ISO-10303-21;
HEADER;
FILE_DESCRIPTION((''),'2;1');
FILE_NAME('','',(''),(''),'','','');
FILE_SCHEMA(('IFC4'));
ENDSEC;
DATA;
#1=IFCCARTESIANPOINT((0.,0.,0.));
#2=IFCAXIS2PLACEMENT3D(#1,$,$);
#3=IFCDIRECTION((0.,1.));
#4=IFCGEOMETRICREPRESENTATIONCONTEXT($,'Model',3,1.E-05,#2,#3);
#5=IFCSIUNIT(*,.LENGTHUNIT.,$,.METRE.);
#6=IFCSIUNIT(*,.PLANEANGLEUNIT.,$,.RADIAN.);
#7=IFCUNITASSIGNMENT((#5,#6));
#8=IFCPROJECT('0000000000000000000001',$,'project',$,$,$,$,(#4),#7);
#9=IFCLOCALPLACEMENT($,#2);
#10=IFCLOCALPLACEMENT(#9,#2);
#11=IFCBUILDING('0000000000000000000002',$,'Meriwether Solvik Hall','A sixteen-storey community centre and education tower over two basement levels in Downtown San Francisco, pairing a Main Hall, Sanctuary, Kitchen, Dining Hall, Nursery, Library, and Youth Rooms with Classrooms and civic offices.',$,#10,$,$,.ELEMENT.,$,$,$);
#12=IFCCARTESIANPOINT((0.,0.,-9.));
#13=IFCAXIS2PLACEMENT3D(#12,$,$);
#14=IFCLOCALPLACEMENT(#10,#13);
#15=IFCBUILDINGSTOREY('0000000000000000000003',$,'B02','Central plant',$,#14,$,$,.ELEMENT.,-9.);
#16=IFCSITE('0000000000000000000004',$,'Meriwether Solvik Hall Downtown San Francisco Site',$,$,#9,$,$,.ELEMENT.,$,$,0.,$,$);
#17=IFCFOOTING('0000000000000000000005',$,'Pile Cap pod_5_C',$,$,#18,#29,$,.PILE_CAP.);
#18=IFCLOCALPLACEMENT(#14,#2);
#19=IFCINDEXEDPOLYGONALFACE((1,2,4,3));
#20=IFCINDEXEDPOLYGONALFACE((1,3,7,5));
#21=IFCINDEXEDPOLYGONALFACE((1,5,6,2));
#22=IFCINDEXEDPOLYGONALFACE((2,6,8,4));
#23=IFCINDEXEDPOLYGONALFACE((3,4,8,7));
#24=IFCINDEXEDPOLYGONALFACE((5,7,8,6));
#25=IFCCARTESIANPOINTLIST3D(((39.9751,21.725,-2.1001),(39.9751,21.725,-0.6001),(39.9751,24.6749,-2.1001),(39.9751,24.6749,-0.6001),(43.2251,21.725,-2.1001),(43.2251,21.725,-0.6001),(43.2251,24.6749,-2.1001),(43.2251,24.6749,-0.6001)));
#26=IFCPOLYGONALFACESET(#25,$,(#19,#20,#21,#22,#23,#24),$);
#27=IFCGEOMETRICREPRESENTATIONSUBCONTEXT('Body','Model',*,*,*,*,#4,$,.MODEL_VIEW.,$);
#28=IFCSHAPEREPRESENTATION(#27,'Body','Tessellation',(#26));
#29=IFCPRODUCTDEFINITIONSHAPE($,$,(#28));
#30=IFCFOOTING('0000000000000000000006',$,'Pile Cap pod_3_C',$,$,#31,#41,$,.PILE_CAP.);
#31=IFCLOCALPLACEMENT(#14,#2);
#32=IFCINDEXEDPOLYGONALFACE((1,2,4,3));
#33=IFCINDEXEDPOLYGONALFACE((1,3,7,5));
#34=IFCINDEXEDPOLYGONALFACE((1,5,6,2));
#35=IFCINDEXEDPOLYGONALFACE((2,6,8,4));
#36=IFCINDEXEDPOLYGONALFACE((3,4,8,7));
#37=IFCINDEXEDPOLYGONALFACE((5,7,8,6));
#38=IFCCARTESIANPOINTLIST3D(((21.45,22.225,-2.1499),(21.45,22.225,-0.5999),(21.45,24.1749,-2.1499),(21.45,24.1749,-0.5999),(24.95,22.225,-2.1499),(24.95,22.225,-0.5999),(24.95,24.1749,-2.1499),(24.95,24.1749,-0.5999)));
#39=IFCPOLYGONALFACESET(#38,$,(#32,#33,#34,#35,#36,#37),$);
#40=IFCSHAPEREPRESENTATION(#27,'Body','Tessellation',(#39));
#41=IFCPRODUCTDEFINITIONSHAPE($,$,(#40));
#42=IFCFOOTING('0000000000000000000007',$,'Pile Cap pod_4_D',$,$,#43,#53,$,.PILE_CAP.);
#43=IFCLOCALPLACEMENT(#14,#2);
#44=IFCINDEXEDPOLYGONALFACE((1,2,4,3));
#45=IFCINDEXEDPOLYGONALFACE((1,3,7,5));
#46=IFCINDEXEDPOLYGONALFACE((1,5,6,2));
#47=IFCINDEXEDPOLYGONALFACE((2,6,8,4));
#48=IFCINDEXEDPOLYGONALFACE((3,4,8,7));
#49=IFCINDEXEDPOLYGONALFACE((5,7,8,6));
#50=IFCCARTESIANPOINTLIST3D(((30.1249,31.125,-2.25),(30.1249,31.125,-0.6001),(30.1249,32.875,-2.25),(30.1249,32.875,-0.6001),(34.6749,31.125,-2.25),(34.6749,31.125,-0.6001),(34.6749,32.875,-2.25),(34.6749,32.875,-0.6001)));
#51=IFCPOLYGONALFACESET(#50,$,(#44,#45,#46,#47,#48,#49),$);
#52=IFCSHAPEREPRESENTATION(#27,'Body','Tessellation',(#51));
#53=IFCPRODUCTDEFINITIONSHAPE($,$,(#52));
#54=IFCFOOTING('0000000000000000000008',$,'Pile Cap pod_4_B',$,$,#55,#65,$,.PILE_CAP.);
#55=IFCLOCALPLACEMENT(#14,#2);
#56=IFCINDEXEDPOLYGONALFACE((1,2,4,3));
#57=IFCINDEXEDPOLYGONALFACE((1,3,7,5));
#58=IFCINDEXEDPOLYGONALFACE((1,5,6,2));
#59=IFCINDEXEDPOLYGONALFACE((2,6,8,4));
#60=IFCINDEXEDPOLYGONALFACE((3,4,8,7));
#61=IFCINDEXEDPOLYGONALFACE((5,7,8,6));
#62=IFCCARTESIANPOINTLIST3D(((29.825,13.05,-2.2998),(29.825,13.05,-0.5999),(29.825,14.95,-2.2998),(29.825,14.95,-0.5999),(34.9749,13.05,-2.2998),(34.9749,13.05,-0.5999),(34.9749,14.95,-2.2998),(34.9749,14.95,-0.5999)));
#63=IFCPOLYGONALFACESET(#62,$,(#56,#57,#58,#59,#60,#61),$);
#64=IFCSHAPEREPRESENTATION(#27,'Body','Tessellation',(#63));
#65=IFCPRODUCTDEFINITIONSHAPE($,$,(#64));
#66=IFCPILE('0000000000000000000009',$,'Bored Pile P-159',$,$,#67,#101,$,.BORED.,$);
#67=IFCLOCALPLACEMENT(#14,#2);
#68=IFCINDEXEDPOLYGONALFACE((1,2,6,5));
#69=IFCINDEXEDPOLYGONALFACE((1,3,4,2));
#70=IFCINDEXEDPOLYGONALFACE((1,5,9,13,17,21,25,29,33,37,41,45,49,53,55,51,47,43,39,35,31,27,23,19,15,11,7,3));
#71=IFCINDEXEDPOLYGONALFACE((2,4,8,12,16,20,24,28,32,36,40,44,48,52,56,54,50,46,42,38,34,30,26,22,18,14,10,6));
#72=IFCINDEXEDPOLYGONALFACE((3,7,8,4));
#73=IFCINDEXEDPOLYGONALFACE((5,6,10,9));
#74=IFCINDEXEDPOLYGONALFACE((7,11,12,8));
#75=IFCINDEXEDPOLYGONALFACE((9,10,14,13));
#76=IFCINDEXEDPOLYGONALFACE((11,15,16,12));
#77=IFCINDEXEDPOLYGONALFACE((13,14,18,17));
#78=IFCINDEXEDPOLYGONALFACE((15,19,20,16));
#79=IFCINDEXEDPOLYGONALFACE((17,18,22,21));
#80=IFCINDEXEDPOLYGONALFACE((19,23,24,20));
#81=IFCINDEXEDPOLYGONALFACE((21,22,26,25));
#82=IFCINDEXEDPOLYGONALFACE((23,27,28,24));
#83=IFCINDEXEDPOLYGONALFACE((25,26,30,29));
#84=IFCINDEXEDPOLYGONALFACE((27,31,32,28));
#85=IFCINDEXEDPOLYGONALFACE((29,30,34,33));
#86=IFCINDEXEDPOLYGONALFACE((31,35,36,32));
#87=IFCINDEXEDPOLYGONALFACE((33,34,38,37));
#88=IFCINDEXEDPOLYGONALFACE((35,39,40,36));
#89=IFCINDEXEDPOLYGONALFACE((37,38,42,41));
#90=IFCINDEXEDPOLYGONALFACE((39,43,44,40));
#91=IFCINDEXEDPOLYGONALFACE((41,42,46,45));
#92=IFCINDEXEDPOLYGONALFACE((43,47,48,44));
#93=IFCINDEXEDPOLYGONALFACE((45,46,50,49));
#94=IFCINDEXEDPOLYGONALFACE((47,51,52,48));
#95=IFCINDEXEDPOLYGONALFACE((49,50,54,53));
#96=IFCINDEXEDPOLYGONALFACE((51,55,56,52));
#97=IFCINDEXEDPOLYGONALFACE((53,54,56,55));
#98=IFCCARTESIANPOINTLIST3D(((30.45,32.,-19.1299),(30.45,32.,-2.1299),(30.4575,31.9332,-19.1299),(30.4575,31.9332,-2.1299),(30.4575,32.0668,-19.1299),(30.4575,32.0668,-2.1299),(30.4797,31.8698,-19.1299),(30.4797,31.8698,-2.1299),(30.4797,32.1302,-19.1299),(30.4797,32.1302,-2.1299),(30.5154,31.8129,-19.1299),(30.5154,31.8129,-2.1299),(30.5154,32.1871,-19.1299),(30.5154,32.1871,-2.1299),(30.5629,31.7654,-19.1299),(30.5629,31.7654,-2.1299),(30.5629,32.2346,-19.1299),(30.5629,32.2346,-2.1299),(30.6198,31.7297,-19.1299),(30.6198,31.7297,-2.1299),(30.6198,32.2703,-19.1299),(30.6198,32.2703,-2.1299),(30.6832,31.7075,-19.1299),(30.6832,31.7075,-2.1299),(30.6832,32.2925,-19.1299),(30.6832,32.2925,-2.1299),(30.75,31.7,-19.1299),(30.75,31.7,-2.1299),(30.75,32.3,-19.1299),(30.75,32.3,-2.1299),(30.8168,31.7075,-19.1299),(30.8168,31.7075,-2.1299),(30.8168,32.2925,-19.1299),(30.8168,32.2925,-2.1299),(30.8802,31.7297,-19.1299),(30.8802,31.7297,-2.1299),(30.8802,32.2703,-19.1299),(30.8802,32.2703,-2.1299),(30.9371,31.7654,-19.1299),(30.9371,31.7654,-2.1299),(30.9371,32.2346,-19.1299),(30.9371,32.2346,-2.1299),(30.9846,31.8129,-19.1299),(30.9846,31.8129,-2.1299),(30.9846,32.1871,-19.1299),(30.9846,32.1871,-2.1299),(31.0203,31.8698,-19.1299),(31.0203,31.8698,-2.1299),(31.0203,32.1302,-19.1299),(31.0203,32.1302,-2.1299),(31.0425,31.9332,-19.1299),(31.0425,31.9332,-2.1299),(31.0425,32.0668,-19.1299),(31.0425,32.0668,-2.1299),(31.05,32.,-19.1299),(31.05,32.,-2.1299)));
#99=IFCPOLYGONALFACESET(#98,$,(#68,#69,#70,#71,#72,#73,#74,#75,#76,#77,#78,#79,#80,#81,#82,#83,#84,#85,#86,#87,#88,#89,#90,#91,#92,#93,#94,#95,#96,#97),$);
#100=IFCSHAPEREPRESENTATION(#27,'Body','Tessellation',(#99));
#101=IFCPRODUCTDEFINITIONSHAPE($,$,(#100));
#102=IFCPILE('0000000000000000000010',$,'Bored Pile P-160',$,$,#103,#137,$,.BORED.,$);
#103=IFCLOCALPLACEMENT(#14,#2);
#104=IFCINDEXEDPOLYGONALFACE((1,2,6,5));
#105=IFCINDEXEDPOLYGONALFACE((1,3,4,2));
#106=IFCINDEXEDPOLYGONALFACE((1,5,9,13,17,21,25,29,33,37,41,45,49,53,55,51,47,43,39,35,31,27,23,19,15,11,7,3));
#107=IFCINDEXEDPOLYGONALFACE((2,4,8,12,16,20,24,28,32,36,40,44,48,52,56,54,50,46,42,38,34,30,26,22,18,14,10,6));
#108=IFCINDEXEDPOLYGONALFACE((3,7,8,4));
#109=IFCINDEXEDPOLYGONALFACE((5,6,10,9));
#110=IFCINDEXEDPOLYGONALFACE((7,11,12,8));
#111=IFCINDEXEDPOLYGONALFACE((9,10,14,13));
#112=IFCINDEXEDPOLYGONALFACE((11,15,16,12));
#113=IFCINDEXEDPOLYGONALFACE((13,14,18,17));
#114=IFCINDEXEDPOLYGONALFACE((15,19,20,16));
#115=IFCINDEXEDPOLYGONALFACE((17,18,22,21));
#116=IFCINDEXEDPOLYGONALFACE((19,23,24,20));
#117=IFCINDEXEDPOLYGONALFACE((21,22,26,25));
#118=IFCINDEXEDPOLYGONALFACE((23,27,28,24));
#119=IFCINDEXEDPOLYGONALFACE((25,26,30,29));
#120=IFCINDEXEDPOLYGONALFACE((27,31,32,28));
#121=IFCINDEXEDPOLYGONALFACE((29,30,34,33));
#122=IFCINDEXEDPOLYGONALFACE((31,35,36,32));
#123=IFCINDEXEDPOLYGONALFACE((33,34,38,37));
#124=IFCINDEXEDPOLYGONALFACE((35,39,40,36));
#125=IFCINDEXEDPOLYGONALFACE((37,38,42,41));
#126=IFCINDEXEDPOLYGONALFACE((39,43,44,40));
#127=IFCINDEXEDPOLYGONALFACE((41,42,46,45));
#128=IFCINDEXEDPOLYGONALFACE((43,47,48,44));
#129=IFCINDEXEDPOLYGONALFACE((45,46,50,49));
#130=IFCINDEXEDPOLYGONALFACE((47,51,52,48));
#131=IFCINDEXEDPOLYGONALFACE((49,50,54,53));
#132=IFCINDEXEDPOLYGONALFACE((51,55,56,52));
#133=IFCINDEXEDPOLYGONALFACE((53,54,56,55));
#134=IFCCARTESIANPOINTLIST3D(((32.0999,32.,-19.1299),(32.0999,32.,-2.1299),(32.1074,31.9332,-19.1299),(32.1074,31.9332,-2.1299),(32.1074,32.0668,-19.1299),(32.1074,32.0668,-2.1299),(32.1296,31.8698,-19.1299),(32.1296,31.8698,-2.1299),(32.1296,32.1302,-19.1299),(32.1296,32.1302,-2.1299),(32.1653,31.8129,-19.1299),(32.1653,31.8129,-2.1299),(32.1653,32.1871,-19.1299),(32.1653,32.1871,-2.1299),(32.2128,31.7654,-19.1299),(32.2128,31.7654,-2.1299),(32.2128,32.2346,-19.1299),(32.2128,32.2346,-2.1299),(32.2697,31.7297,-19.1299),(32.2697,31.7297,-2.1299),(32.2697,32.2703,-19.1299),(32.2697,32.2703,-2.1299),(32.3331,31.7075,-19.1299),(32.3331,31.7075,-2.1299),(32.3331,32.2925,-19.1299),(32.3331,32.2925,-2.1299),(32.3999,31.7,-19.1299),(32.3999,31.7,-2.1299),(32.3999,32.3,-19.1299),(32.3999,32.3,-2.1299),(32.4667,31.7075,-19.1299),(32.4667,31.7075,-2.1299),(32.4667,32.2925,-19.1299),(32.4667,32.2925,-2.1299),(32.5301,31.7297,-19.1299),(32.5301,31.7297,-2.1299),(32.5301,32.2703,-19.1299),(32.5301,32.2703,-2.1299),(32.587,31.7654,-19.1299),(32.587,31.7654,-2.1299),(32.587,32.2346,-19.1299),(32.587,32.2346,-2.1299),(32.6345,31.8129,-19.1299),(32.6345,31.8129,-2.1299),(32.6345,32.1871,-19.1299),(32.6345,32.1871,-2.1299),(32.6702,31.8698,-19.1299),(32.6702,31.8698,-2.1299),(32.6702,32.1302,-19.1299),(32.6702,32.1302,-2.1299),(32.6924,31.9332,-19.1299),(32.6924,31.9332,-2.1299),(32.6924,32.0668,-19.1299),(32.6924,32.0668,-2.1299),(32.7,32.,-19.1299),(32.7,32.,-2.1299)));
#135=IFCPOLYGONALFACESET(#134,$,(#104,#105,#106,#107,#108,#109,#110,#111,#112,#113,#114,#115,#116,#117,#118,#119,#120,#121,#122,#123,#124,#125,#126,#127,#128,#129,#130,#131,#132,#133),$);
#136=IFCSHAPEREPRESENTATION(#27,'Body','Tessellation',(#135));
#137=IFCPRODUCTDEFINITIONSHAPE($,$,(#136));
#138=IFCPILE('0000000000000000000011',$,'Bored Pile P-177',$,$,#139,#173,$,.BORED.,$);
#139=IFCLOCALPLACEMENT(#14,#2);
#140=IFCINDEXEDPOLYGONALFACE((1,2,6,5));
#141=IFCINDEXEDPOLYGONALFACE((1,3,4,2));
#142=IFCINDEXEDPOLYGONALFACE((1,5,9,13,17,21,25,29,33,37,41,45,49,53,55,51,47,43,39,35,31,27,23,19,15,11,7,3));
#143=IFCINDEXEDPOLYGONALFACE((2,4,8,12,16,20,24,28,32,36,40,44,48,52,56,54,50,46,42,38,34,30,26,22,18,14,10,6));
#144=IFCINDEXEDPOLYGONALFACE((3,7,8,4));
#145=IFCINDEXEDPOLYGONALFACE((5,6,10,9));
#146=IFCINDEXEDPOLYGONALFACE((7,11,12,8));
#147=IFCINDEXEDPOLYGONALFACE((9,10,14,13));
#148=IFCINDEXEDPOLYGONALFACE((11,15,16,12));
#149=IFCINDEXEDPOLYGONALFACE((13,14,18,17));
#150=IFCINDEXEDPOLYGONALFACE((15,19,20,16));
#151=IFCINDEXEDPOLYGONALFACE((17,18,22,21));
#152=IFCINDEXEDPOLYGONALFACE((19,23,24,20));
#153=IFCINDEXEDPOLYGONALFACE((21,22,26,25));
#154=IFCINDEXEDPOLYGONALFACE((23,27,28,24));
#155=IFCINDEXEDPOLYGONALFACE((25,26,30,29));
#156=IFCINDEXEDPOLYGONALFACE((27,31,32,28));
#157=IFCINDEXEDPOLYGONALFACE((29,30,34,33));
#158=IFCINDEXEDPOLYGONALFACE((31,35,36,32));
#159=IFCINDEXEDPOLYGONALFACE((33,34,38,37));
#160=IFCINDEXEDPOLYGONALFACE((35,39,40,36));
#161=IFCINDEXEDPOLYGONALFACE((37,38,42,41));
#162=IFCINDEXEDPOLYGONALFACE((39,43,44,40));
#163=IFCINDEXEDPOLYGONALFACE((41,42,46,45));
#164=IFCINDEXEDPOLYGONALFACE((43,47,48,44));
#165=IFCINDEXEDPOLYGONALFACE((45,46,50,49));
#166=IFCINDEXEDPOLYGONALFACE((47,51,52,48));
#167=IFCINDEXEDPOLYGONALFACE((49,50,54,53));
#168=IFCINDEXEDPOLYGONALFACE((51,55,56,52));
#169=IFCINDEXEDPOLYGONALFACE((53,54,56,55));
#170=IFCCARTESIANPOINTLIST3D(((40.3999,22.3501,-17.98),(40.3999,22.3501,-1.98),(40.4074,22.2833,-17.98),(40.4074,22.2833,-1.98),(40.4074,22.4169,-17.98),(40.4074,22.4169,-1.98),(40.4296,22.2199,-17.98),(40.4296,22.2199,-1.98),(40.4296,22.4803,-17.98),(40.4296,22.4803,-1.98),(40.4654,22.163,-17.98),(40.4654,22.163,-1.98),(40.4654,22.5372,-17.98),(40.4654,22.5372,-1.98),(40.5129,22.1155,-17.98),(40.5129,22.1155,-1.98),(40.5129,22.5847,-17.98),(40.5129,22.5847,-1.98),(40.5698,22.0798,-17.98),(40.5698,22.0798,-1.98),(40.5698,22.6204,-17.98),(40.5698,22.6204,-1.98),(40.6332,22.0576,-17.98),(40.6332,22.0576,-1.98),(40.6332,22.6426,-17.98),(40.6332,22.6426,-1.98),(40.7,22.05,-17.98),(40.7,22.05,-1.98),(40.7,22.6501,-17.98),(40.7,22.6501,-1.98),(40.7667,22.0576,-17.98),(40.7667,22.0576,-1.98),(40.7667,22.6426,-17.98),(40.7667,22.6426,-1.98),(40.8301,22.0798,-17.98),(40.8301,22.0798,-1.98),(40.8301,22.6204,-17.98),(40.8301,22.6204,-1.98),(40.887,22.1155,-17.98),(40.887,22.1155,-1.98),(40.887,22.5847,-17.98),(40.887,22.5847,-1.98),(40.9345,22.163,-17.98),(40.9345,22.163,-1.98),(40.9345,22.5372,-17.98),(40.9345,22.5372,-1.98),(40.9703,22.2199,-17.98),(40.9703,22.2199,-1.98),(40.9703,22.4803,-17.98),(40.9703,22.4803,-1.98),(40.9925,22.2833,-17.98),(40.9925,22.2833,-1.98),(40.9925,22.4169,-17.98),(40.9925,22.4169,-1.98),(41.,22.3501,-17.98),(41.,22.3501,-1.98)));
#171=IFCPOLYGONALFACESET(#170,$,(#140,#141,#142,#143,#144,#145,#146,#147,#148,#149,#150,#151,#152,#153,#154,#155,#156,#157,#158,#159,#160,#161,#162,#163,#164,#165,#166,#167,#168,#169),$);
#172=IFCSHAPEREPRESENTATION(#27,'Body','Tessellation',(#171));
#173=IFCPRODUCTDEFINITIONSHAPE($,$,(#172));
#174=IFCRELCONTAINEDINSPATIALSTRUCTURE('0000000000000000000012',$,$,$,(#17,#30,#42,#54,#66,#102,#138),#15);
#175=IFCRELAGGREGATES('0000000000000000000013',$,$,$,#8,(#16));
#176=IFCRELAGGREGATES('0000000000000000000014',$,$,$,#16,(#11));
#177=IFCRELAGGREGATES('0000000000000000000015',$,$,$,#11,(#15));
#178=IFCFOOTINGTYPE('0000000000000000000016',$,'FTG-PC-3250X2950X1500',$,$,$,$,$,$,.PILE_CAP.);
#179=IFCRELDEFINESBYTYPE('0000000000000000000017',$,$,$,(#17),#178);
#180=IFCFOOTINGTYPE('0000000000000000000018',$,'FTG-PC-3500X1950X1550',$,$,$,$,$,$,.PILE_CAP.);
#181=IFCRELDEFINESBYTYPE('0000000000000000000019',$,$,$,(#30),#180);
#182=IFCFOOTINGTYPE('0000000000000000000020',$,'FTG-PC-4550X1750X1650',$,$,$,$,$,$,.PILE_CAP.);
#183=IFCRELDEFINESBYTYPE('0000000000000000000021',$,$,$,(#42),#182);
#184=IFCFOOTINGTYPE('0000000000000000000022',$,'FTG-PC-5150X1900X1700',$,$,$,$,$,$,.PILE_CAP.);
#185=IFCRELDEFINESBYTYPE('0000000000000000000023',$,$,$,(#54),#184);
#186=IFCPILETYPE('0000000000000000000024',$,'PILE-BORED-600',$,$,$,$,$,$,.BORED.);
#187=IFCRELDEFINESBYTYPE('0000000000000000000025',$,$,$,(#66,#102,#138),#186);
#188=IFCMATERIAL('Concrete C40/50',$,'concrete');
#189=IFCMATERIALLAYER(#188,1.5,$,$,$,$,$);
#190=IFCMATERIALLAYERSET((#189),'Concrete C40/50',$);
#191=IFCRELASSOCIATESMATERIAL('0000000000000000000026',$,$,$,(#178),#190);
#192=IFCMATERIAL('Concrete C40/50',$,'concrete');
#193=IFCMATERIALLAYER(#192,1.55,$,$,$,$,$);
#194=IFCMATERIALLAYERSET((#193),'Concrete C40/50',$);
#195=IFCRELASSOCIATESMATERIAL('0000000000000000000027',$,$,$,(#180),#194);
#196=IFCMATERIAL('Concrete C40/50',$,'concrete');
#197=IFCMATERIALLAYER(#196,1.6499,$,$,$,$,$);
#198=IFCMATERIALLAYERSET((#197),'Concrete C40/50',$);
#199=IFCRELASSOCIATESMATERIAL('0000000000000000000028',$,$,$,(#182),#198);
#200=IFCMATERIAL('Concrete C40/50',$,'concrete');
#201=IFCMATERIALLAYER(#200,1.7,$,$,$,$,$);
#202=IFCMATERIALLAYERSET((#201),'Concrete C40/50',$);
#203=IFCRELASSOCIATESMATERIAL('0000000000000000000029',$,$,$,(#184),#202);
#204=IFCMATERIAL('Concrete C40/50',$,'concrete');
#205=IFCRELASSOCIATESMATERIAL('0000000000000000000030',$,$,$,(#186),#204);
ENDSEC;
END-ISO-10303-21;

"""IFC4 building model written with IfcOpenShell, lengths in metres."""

from ifc_helpers import new_model, si_unit, direction, frame, origin, origin_2d, place, context, subcontext, project, spatial, rectangle, circle, extrude, material, layer, layer_set, material_profile, profile_set, type_object, element, save


model = new_model("IFC4")

# Units and contexts
model_context = context("Model", 3, precision=1e-05, world=origin(), true_north=direction((0.0, 1.0)))
body_context = subcontext(model_context, "Body", "Model", "MODEL_VIEW")
ifc_project = project(units=[si_unit("LENGTHUNIT", "METRE"), si_unit("PLANEANGLEUNIT", "RADIAN")], contexts=[model_context])

# Site, building, storey
site_placement = place(None, origin())
site = spatial("IfcSite", under=ifc_project, at=site_placement, Name="Meriwether Solvik Hall Downtown San Francisco Site", CompositionType="ELEMENT", RefElevation=0.0)
building_placement = place(site_placement, origin())
building = spatial("IfcBuilding", under=site, at=building_placement, Name="Meriwether Solvik Hall", Description="A sixteen-storey community centre and education tower over two basement levels in Downtown San Francisco, pairing a Main Hall, Sanctuary, Kitchen, Dining Hall, Nursery, Library, and Youth Rooms with Classrooms and civic offices.", CompositionType="ELEMENT")
storey_placement = place(building_placement, frame((0.0, 0.0, -9.0)))
storey = spatial("IfcBuildingStorey", under=building, at=storey_placement, Name="B02", Description="Central plant", CompositionType="ELEMENT", Elevation=-9.0)

# Footings
ifc_material_1 = material(Name="Concrete C40/50", Category="concrete")
ifc_layer_1 = layer(ifc_material_1, 1.5)
ifc_layer_set_1 = layer_set([ifc_layer_1], Name="Concrete C40/50")
footing_type_1 = type_object("IfcFootingType", Name="FTG-PC-3250X2950X1500", PredefinedType="PILE_CAP", material=ifc_layer_set_1)
footing_1_placement = place(storey_placement, frame((41.6001, 23.2, -2.1001), z_axis=(0.0, 0.0, 1.0), x_axis=(1.0, 0.0, 0.0)))
element("IfcFooting", 1, at=footing_1_placement, inside=storey, type_object=footing_type_1, Name="Pile Cap pod_5_C", PredefinedType="PILE_CAP", context=body_context, shape_type="SweptSolid", body=[
    extrude(rectangle(XDim=3.25, YDim=2.95, at=origin_2d()), origin(), (0.0, 0.0, 1.0), 1.5),
])
ifc_material_2 = material(Name="Concrete C40/50", Category="concrete")
ifc_layer_2 = layer(ifc_material_2, 1.55)
ifc_layer_set_2 = layer_set([ifc_layer_2], Name="Concrete C40/50")
footing_type_2 = type_object("IfcFootingType", Name="FTG-PC-3500X1950X1550", PredefinedType="PILE_CAP", material=ifc_layer_set_2)
footing_2_placement = place(storey_placement, frame((23.2, 23.2, -2.1499), z_axis=(0.0, 0.0, 1.0), x_axis=(1.0, 0.0, 0.0)))
element("IfcFooting", 2, at=footing_2_placement, inside=storey, type_object=footing_type_2, Name="Pile Cap pod_3_C", PredefinedType="PILE_CAP", context=body_context, shape_type="SweptSolid", body=[
    extrude(rectangle(XDim=3.5, YDim=1.95, at=origin_2d()), origin(), (0.0, 0.0, 1.0), 1.55),
])
ifc_material_3 = material(Name="Concrete C40/50", Category="concrete")
ifc_layer_3 = layer(ifc_material_3, 1.6499)
ifc_layer_set_3 = layer_set([ifc_layer_3], Name="Concrete C40/50")
footing_type_3 = type_object("IfcFootingType", Name="FTG-PC-4550X1750X1650", PredefinedType="PILE_CAP", material=ifc_layer_set_3)
footing_3_placement = place(storey_placement, frame((32.3999, 32.0, -2.25), z_axis=(0.0, 0.0, 1.0), x_axis=(1.0, 0.0, 0.0)))
element("IfcFooting", 3, at=footing_3_placement, inside=storey, type_object=footing_type_3, Name="Pile Cap pod_4_D", PredefinedType="PILE_CAP", context=body_context, shape_type="SweptSolid", body=[
    extrude(rectangle(XDim=4.55, YDim=1.75, at=origin_2d()), origin(), (0.0, 0.0, 1.0), 1.6499),
])
ifc_material_4 = material(Name="Concrete C40/50", Category="concrete")
ifc_layer_4 = layer(ifc_material_4, 1.7)
ifc_layer_set_4 = layer_set([ifc_layer_4], Name="Concrete C40/50")
footing_type_4 = type_object("IfcFootingType", Name="FTG-PC-5150X1900X1700", PredefinedType="PILE_CAP", material=ifc_layer_set_4)
footing_4_placement = place(storey_placement, frame((32.3999, 14.0, -2.2998), z_axis=(0.0, 0.0, 1.0), x_axis=(1.0, 0.0, 0.0)))
element("IfcFooting", 4, at=footing_4_placement, inside=storey, type_object=footing_type_4, Name="Pile Cap pod_4_B", PredefinedType="PILE_CAP", context=body_context, shape_type="SweptSolid", body=[
    extrude(rectangle(XDim=5.1499, YDim=1.8999, at=origin_2d()), origin(), (0.0, 0.0, 1.0), 1.7),
])

# Piles
ifc_material_5 = material(Name="Concrete C40/50", Category="concrete")
ifc_material_profile_1 = material_profile(ifc_material_5, circle(Radius=0.3, at=origin_2d()), Name="PILE-D600")
ifc_profile_set_1 = profile_set([ifc_material_profile_1], Name="Concrete C40/50")
pile_type_1 = type_object("IfcPileType", Name="PILE-BORED-600", PredefinedType="BORED", material=ifc_profile_set_1)
for number, where, z_axis, x_axis, name in (
    (5, (30.75, 32.0, -2.1299), (0.0, 0.0, -1.0), (1.0, 0.0, 0.0), "Bored Pile P-159"),
    (6, (32.3999, 32.0, -2.1299), (0.0, 0.0, -1.0), (1.0, 0.0, 0.0), "Bored Pile P-160"),
):
    element("IfcPile", number, at=place(storey_placement, frame(where, z_axis=z_axis, x_axis=x_axis)), inside=storey, type_object=pile_type_1, Name=name, PredefinedType="BORED", context=body_context, shape_type="SweptSolid", body=[
        extrude(circle(Radius=0.3, at=origin_2d()), origin(), (0.0, 0.0, 1.0), 17.0),
    ])
for number, where, z_axis, x_axis, name in (
    (7, (40.7, 22.3501, -1.98), (0.0, 0.0, -1.0), (1.0, 0.0, 0.0), "Bored Pile P-177"),
):
    element("IfcPile", number, at=place(storey_placement, frame(where, z_axis=z_axis, x_axis=x_axis)), inside=storey, type_object=pile_type_1, Name=name, PredefinedType="BORED", context=body_context, shape_type="SweptSolid", body=[
        extrude(circle(Radius=0.3, at=origin_2d()), origin(), (0.0, 0.0, 1.0), 16.0),
    ])

save(model, "model.ifc")
